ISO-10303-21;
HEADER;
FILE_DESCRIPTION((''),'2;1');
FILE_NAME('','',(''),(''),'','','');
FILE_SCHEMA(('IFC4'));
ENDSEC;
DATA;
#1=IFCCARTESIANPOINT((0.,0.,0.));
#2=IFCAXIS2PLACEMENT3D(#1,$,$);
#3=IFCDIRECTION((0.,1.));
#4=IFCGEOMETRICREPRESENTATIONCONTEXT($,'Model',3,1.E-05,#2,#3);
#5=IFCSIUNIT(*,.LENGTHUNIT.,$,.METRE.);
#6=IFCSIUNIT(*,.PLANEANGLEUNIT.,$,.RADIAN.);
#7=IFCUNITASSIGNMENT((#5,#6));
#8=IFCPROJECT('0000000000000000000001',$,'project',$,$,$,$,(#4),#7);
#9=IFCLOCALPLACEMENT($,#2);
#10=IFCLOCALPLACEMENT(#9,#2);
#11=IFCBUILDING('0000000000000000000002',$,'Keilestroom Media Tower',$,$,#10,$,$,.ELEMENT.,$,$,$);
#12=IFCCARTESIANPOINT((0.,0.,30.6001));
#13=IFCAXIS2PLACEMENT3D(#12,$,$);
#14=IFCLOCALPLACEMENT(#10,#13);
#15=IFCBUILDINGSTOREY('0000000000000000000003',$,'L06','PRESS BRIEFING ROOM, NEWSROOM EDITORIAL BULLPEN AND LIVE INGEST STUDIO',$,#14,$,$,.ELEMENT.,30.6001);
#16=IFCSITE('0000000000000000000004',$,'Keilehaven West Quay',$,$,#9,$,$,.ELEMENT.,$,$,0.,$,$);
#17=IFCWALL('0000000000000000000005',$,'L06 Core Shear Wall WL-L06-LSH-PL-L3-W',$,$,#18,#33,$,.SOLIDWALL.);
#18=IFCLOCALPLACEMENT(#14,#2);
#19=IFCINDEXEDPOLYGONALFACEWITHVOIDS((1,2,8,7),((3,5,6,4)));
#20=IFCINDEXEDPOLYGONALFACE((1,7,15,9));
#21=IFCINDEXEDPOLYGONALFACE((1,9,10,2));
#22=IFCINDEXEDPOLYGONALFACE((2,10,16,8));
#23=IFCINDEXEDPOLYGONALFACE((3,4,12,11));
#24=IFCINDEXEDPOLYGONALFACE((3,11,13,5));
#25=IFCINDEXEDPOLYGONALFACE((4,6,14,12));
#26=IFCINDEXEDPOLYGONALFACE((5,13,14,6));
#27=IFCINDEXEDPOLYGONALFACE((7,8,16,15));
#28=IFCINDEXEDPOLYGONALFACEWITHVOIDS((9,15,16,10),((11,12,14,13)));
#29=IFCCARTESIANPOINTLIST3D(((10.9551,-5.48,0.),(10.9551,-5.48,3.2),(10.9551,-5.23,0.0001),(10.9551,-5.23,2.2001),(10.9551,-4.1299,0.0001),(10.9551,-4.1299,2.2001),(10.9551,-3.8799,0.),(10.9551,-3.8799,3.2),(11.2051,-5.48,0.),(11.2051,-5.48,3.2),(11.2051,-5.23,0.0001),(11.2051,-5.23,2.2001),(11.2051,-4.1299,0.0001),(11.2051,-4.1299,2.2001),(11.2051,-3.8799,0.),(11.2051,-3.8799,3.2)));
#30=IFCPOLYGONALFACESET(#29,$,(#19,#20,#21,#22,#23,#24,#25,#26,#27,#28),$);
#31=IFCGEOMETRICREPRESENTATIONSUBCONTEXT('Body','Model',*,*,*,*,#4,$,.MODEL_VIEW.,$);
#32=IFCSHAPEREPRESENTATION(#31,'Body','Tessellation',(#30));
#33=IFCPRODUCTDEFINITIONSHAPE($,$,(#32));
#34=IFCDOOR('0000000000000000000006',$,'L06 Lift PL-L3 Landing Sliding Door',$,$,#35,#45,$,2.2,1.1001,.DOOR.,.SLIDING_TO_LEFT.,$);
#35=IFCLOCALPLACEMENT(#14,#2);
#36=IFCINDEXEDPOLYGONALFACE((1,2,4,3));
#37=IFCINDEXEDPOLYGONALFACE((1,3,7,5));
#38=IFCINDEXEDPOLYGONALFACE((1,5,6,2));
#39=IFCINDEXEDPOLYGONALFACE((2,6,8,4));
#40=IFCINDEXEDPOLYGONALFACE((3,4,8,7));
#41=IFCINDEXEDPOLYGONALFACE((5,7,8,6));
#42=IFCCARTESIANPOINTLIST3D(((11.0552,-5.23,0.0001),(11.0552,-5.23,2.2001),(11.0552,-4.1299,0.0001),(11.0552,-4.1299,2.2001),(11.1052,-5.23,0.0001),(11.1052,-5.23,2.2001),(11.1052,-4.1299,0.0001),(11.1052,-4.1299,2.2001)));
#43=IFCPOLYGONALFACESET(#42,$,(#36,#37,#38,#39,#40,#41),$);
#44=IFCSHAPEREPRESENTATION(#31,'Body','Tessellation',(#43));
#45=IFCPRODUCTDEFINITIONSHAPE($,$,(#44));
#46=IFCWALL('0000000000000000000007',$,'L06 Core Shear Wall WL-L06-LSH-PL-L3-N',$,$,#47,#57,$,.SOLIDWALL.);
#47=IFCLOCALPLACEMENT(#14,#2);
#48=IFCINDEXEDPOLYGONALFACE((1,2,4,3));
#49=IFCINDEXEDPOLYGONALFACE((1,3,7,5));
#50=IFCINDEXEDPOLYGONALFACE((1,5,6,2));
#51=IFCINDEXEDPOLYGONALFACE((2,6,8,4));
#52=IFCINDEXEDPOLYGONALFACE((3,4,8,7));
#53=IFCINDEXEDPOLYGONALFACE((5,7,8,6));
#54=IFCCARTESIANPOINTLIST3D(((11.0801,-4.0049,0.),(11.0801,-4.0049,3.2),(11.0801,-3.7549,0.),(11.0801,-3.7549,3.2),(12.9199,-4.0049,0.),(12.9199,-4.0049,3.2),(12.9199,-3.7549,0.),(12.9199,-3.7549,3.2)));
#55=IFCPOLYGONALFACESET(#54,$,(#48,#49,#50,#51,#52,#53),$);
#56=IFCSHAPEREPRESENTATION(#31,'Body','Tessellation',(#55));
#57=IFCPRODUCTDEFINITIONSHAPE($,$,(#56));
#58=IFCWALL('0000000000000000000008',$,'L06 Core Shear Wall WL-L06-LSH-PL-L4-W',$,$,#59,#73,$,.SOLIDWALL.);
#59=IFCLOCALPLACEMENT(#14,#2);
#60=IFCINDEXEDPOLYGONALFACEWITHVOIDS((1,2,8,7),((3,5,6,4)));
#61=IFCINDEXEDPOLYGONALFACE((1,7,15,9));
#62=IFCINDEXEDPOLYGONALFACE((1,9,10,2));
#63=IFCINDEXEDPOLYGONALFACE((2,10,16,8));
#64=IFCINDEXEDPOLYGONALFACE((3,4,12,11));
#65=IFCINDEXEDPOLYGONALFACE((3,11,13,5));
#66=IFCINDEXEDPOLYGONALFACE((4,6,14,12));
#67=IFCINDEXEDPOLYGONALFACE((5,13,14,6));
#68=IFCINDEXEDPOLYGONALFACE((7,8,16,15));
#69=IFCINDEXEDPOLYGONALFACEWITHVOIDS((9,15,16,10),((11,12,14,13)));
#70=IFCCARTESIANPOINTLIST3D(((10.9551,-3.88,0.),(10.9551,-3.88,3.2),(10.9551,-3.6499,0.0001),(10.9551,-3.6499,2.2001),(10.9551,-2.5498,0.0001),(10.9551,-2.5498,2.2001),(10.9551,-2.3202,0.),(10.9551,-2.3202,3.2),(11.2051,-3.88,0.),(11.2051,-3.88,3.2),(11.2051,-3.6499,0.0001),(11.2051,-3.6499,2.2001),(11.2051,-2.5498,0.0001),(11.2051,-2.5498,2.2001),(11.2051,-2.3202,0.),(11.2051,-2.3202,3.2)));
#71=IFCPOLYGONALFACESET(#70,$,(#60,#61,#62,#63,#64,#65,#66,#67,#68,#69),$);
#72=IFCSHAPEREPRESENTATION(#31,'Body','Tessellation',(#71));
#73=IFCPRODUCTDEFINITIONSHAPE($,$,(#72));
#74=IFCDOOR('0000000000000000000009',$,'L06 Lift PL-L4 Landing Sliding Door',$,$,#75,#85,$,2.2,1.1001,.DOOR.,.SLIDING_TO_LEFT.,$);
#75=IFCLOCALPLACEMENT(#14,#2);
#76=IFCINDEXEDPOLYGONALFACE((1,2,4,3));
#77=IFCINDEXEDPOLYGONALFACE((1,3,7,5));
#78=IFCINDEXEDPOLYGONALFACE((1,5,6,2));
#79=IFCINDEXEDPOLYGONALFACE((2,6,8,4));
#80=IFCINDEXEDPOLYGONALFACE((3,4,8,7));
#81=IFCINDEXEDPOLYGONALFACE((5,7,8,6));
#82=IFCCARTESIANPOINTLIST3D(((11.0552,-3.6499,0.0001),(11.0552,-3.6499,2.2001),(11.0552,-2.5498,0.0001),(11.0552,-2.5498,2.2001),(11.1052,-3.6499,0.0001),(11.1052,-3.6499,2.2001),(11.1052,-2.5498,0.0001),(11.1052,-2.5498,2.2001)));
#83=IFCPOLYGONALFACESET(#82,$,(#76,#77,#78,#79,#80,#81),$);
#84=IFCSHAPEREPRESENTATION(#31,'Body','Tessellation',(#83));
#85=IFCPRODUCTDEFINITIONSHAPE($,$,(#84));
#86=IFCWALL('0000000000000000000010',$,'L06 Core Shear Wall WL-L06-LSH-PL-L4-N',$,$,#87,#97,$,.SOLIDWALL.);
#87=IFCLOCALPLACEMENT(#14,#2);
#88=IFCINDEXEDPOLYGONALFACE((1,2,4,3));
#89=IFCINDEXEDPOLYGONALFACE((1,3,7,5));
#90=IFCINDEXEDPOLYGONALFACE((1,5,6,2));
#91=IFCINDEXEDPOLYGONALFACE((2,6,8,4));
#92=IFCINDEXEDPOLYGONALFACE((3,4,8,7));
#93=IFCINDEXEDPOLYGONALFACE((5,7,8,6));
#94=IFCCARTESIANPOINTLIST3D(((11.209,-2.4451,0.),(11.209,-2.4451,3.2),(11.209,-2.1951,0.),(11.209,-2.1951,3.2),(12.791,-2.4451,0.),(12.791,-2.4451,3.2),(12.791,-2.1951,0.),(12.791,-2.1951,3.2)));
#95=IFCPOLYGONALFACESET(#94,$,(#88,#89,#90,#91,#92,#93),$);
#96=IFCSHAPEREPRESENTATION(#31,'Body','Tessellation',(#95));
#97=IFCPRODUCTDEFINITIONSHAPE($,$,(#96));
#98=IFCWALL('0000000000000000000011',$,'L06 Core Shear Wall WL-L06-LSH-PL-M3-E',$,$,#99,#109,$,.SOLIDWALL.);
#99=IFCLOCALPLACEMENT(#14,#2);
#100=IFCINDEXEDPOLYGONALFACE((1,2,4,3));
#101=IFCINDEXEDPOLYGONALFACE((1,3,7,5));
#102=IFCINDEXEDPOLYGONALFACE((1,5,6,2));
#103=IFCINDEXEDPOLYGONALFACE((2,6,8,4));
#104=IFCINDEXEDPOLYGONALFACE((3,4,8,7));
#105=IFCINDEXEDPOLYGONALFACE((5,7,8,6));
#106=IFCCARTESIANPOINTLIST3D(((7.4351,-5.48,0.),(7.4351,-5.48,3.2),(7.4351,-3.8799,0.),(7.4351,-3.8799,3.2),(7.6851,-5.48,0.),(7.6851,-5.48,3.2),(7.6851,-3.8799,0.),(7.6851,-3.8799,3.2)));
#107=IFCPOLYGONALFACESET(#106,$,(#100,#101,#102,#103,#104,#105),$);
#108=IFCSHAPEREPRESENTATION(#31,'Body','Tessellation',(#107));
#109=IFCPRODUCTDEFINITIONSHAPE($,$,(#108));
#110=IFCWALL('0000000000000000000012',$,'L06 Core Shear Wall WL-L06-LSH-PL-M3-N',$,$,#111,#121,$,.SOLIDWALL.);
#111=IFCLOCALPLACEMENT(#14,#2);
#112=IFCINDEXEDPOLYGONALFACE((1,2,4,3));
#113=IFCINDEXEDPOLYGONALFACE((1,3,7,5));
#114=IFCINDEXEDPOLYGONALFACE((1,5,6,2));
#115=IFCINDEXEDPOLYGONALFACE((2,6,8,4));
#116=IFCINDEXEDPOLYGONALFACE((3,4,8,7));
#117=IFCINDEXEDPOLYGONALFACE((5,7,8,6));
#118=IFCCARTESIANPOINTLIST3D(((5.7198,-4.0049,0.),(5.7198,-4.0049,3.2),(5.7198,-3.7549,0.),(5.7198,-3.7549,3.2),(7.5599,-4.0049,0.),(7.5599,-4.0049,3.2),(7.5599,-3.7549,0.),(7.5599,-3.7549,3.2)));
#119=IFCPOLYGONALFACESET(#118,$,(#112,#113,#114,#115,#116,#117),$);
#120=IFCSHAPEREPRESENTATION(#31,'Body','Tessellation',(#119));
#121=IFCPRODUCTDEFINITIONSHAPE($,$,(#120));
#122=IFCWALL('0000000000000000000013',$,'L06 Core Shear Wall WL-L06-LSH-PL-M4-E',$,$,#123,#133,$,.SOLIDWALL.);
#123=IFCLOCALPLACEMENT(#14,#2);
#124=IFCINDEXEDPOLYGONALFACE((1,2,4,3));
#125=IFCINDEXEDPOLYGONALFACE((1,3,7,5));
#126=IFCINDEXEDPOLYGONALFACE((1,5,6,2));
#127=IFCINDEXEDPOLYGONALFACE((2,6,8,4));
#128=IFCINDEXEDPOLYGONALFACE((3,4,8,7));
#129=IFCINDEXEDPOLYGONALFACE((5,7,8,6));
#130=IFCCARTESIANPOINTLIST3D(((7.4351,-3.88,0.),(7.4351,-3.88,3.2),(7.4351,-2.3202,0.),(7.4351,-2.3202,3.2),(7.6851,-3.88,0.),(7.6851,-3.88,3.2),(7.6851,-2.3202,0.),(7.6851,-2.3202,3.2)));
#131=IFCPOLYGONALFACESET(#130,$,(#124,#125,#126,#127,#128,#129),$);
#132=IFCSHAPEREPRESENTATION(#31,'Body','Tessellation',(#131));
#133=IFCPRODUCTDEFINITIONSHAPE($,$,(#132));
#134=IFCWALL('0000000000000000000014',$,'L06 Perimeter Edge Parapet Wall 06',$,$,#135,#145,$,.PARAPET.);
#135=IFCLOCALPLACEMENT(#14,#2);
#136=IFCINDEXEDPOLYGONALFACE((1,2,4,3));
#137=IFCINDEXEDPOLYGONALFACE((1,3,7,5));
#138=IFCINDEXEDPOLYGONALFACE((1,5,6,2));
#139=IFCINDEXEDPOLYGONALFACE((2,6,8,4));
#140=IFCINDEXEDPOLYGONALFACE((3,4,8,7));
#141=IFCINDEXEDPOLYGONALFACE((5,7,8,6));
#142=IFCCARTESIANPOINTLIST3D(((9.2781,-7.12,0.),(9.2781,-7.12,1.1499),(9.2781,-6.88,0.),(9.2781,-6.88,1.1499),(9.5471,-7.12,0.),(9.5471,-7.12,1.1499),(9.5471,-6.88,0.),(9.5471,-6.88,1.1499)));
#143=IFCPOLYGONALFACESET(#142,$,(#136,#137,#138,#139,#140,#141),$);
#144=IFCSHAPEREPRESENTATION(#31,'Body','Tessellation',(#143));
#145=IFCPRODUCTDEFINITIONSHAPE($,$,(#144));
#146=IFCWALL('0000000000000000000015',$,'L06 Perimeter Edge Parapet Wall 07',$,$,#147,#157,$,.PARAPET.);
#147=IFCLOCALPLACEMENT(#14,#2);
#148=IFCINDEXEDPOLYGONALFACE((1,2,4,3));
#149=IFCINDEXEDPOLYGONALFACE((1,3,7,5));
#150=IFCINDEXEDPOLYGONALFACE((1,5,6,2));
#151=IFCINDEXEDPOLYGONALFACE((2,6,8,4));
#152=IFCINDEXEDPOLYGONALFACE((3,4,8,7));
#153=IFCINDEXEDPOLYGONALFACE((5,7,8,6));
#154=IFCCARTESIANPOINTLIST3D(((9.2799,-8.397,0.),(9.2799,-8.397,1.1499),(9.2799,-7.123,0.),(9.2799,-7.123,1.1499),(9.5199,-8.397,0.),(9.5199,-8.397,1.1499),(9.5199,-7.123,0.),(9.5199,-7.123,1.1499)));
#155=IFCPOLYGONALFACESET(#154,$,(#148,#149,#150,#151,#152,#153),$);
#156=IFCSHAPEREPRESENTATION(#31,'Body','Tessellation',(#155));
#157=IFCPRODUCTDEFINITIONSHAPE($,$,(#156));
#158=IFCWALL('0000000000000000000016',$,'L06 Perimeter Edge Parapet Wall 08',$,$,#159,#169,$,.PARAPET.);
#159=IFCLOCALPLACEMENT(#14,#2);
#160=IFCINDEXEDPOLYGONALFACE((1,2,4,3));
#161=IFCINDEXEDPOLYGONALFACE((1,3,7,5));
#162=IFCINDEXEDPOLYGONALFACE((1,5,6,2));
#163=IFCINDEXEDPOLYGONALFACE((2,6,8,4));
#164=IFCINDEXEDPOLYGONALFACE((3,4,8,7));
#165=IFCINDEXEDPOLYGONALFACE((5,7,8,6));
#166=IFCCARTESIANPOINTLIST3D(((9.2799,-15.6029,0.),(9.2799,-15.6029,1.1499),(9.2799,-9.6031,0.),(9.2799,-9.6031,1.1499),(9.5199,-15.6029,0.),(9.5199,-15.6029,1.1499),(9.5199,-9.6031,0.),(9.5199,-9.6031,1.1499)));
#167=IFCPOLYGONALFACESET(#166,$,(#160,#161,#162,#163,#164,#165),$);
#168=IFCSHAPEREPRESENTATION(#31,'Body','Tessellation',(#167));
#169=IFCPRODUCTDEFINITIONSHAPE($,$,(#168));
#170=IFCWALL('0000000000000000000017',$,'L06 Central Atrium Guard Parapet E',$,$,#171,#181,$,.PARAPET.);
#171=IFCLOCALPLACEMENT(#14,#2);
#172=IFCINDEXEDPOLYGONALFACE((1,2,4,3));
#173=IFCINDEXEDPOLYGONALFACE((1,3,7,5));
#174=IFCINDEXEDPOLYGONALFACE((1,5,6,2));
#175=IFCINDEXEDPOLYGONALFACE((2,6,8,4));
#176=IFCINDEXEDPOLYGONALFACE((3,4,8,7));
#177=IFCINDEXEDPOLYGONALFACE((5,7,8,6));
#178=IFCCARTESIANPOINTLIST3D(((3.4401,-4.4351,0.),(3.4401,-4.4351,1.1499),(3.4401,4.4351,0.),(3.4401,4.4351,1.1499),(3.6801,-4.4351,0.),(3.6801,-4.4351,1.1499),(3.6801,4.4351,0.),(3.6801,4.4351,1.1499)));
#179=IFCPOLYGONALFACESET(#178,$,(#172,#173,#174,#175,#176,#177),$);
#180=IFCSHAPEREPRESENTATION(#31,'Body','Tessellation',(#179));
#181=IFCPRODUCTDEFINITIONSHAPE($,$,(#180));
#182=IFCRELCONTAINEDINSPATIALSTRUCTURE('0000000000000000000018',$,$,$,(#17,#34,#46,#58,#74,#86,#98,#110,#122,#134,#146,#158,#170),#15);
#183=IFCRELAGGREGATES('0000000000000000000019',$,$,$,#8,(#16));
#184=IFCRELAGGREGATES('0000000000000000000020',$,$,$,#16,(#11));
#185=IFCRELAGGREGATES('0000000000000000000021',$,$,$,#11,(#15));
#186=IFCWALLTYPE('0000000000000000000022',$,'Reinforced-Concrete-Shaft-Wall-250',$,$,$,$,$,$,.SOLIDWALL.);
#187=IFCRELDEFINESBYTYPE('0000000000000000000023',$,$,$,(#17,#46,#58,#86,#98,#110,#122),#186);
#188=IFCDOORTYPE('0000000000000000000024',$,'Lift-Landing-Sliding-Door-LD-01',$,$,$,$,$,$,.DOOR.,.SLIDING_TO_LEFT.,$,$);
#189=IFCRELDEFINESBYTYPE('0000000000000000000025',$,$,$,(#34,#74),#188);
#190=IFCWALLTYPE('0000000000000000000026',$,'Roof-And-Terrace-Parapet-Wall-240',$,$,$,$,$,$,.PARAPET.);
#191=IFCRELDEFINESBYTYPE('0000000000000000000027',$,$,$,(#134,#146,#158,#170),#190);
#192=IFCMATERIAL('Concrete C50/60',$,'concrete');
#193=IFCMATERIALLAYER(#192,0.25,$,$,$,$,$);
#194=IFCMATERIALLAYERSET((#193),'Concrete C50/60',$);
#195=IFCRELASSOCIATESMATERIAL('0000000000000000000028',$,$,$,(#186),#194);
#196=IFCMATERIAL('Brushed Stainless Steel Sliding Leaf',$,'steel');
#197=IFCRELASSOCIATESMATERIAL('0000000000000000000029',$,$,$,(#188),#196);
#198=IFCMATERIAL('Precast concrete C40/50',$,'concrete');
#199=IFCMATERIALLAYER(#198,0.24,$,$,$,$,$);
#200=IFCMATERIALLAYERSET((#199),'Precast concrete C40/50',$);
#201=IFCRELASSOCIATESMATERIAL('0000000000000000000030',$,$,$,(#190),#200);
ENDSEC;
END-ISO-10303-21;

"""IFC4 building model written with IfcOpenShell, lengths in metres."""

from ifc_helpers import new_model, si_unit, direction, frame, frame_2d, origin, place, context, subcontext, project, spatial, rectangle, extrude, source, transform, mapped, material, layer, layer_set, type_object, element, fill, save


model = new_model("IFC4")

# Units and contexts
model_context = context("Model", 3, precision=1e-05, world=origin(), true_north=direction((0.0, 1.0)))
body_context = subcontext(model_context, "Body", "Model", "MODEL_VIEW")
ifc_project = project(units=[si_unit("LENGTHUNIT", "METRE"), si_unit("PLANEANGLEUNIT", "RADIAN")], contexts=[model_context])

# Site, building, storey
site_placement = place(None, origin())
site = spatial("IfcSite", under=ifc_project, at=site_placement, Name="Keilehaven West Quay", CompositionType="ELEMENT", RefElevation=0.0)
building_placement = place(site_placement, origin())
building = spatial("IfcBuilding", under=site, at=building_placement, Name="Keilestroom Media Tower", CompositionType="ELEMENT")
storey_placement = place(building_placement, frame((0.0, 0.0, 30.6001)))
storey = spatial("IfcBuildingStorey", under=building, at=storey_placement, Name="L06", Description="PRESS BRIEFING ROOM, NEWSROOM EDITORIAL BULLPEN AND LIVE INGEST STUDIO", CompositionType="ELEMENT", Elevation=30.6001)

# Shared definitions
ifc_material_1 = material(Name="Concrete C50/60", Category="concrete")
ifc_layer_1 = layer(ifc_material_1, 0.25)
ifc_layer_set_1 = layer_set([ifc_layer_1], Name="Concrete C50/60")
wall_type_1 = type_object("IfcWallType", Name="Reinforced-Concrete-Shaft-Wall-250", PredefinedType="SOLIDWALL", material=ifc_layer_set_1)

# Shared definitions
ifc_material_2 = material(Name="Brushed Stainless Steel Sliding Leaf", Category="steel")

# Wall, opening, door
wall_1_placement = place(storey_placement, frame((11.0801, -5.48, 0.0), z_axis=(0.0, 0.0, 1.0), x_axis=(0.0, 1.0, 0.0)))
wall_1 = element("IfcWall", 1, at=wall_1_placement, inside=storey, type_object=wall_type_1, Name="L06 Core Shear Wall WL-L06-LSH-PL-L3-W", PredefinedType="SOLIDWALL", context=body_context, shape_type="SweptSolid", body=[
    extrude(rectangle(XDim=1.6001, YDim=0.25, at=frame_2d((0.8, 0.0))), origin(), (0.0, 0.0, 1.0), 3.2),
])
opening_1_placement = place(wall_1_placement, frame((0.25, 0.0, 0.0)))
opening_1 = element("IfcOpeningElement", 2, at=opening_1_placement, cuts=wall_1, PredefinedType="OPENING", context=body_context, shape_type="SweptSolid", body=[
    extrude(rectangle(XDim=1.1001, YDim=2.2, at=frame_2d((0.55, 1.1001))), frame((0.0, 0.135, 0.0), z_axis=(0.0, -1.0, 0.0), x_axis=(1.0, 0.0, 0.0)), (0.0, 0.0, 1.0), 0.27),
])
door_type_1 = type_object("IfcDoorType", Name="Lift-Landing-Sliding-Door-LD-01", OperationType="SLIDING_TO_LEFT", PredefinedType="DOOR", material=ifc_material_2)
shared_shape_1 = source(origin(), body_context, "Body", "SweptSolid", [
    extrude(rectangle(XDim=1.1001, YDim=2.2, at=frame_2d((0.55, 1.1001))), frame((0.0, 0.0249, 0.0), z_axis=(0.0, -1.0, 0.0), x_axis=(1.0, 0.0, 0.0)), (0.0, 0.0, 1.0), 0.05),
])
door_1_placement = place(opening_1_placement, origin())
door_1 = element("IfcDoor", 3, at=door_1_placement, inside=storey, type_object=door_type_1, Name="L06 Lift PL-L3 Landing Sliding Door", OperationType="SLIDING_TO_LEFT", OverallHeight=2.2, OverallWidth=1.1001, PredefinedType="DOOR", context=body_context, shape_type="MappedRepresentation", body=[
    mapped(shared_shape_1, transform((0.0, 0.0, 0.0), x_axis=(1.0, 0.0, 0.0), y_axis=(0.0, 1.0, 0.0), z_axis=(0.0, 0.0, 1.0), scale=1.0)),
])
fill(opening_1, door_1)

# Wall
wall_2_placement = place(storey_placement, frame((11.0801, -3.8799, 0.0), z_axis=(0.0, 0.0, 1.0), x_axis=(1.0, 0.0, 0.0)))
element("IfcWall", 4, at=wall_2_placement, inside=storey, type_object=wall_type_1, Name="L06 Core Shear Wall WL-L06-LSH-PL-L3-N", PredefinedType="SOLIDWALL", context=body_context, shape_type="SweptSolid", body=[
    extrude(rectangle(XDim=1.8398, YDim=0.25, at=frame_2d((0.9199, 0.0))), origin(), (0.0, 0.0, 1.0), 3.2),
])

# Wall, opening, door
wall_3_placement = place(storey_placement, frame((11.0801, -3.8799, 0.0), z_axis=(0.0, 0.0, 1.0), x_axis=(0.0, 1.0, 0.0)))
wall_3 = element("IfcWall", 5, at=wall_3_placement, inside=storey, type_object=wall_type_1, Name="L06 Core Shear Wall WL-L06-LSH-PL-L4-W", PredefinedType="SOLIDWALL", context=body_context, shape_type="SweptSolid", body=[
    extrude(rectangle(XDim=1.5598, YDim=0.25, at=frame_2d((0.7798, 0.0))), origin(), (0.0, 0.0, 1.0), 3.2),
])
opening_2_placement = place(wall_3_placement, frame((0.23, 0.0, 0.0)))
opening_2 = element("IfcOpeningElement", 6, at=opening_2_placement, cuts=wall_3, PredefinedType="OPENING", context=body_context, shape_type="SweptSolid", body=[
    extrude(rectangle(XDim=1.1001, YDim=2.2, at=frame_2d((0.55, 1.1001))), frame((0.0, 0.135, 0.0), z_axis=(0.0, -1.0, 0.0), x_axis=(1.0, 0.0, 0.0)), (0.0, 0.0, 1.0), 0.27),
])
door_2_placement = place(opening_2_placement, origin())
door_2 = element("IfcDoor", 7, at=door_2_placement, inside=storey, type_object=door_type_1, Name="L06 Lift PL-L4 Landing Sliding Door", OperationType="SLIDING_TO_LEFT", OverallHeight=2.2, OverallWidth=1.1001, PredefinedType="DOOR", context=body_context, shape_type="MappedRepresentation", body=[
    mapped(shared_shape_1, transform((0.0, 0.0, 0.0), x_axis=(1.0, 0.0, 0.0), y_axis=(0.0, 1.0, 0.0), z_axis=(0.0, 0.0, 1.0), scale=1.0)),
])
fill(opening_2, door_2)

# Walls
wall_4_placement = place(storey_placement, frame((11.209, -2.3201, 0.0), z_axis=(0.0, 0.0, 1.0), x_axis=(1.0, 0.0, 0.0)))
element("IfcWall", 8, at=wall_4_placement, inside=storey, type_object=wall_type_1, Name="L06 Core Shear Wall WL-L06-LSH-PL-L4-N", PredefinedType="SOLIDWALL", context=body_context, shape_type="SweptSolid", body=[
    extrude(rectangle(XDim=1.582, YDim=0.25, at=frame_2d((0.791, 0.0))), origin(), (0.0, 0.0, 1.0), 3.2),
])
wall_5_placement = place(storey_placement, frame((7.5601, -5.48, 0.0), z_axis=(0.0, 0.0, 1.0), x_axis=(0.0, 1.0, 0.0)))
element("IfcWall", 9, at=wall_5_placement, inside=storey, type_object=wall_type_1, Name="L06 Core Shear Wall WL-L06-LSH-PL-M3-E", PredefinedType="SOLIDWALL", context=body_context, shape_type="SweptSolid", body=[
    extrude(rectangle(XDim=1.6001, YDim=0.25, at=frame_2d((0.8, 0.0))), origin(), (0.0, 0.0, 1.0), 3.2),
])
wall_6_placement = place(storey_placement, frame((5.72, -3.8799, 0.0), z_axis=(0.0, 0.0, 1.0), x_axis=(1.0, 0.0, 0.0)))
element("IfcWall", 10, at=wall_6_placement, inside=storey, type_object=wall_type_1, Name="L06 Core Shear Wall WL-L06-LSH-PL-M3-N", PredefinedType="SOLIDWALL", context=body_context, shape_type="SweptSolid", body=[
    extrude(rectangle(XDim=1.8401, YDim=0.25, at=frame_2d((0.9199, 0.0))), origin(), (0.0, 0.0, 1.0), 3.2),
])
wall_7_placement = place(storey_placement, frame((7.5601, -3.8799, 0.0), z_axis=(0.0, 0.0, 1.0), x_axis=(0.0, 1.0, 0.0)))
element("IfcWall", 11, at=wall_7_placement, inside=storey, type_object=wall_type_1, Name="L06 Core Shear Wall WL-L06-LSH-PL-M4-E", PredefinedType="SOLIDWALL", context=body_context, shape_type="SweptSolid", body=[
    extrude(rectangle(XDim=1.5598, YDim=0.25, at=frame_2d((0.7798, 0.0))), origin(), (0.0, 0.0, 1.0), 3.2),
])
ifc_material_3 = material(Name="Precast concrete C40/50", Category="concrete")
ifc_layer_2 = layer(ifc_material_3, 0.24)
ifc_layer_set_2 = layer_set([ifc_layer_2], Name="Precast concrete C40/50")
wall_type_2 = type_object("IfcWallType", Name="Roof-And-Terrace-Parapet-Wall-240", PredefinedType="PARAPET", material=ifc_layer_set_2)
wall_8_placement = place(storey_placement, frame((9.5471, -7.0, 0.0), z_axis=(0.0, 0.0, 1.0), x_axis=(-1.0, 0.0, 0.0)))
element("IfcWall", 12, at=wall_8_placement, inside=storey, type_object=wall_type_2, Name="L06 Perimeter Edge Parapet Wall 06", PredefinedType="PARAPET", context=body_context, shape_type="SweptSolid", body=[
    extrude(rectangle(XDim=0.269, YDim=0.24, at=frame_2d((0.1345, 0.0))), origin(), (0.0, 0.0, 1.0), 1.1499),
])
wall_9_placement = place(storey_placement, frame((9.3999, -7.123, 0.0), z_axis=(0.0, 0.0, 1.0), x_axis=(0.0, -1.0, 0.0)))
element("IfcWall", 13, at=wall_9_placement, inside=storey, type_object=wall_type_2, Name="L06 Perimeter Edge Parapet Wall 07", PredefinedType="PARAPET", context=body_context, shape_type="SweptSolid", body=[
    extrude(rectangle(XDim=1.2739, YDim=0.24, at=frame_2d((0.637, 0.0))), origin(), (0.0, 0.0, 1.0), 1.1499),
])
wall_10_placement = place(storey_placement, frame((9.3999, -9.603, 0.0), z_axis=(0.0, 0.0, 1.0), x_axis=(0.0, -1.0, 0.0)))
element("IfcWall", 14, at=wall_10_placement, inside=storey, type_object=wall_type_2, Name="L06 Perimeter Edge Parapet Wall 08", PredefinedType="PARAPET", context=body_context, shape_type="SweptSolid", body=[
    extrude(rectangle(XDim=5.9998, YDim=0.24, at=frame_2d((3.0, 0.0))), origin(), (0.0, 0.0, 1.0), 1.1499),
])
wall_11_placement = place(storey_placement, frame((3.5601, -4.4351, 0.0), z_axis=(0.0, 0.0, 1.0), x_axis=(0.0, 1.0, 0.0)))
element("IfcWall", 15, at=wall_11_placement, inside=storey, type_object=wall_type_2, Name="L06 Central Atrium Guard Parapet E", PredefinedType="PARAPET", context=body_context, shape_type="SweptSolid", body=[
    extrude(rectangle(XDim=8.8701, YDim=0.24, at=frame_2d((4.4351, 0.0))), origin(), (0.0, 0.0, 1.0), 1.1499),
])

save(model, "model.ifc")
